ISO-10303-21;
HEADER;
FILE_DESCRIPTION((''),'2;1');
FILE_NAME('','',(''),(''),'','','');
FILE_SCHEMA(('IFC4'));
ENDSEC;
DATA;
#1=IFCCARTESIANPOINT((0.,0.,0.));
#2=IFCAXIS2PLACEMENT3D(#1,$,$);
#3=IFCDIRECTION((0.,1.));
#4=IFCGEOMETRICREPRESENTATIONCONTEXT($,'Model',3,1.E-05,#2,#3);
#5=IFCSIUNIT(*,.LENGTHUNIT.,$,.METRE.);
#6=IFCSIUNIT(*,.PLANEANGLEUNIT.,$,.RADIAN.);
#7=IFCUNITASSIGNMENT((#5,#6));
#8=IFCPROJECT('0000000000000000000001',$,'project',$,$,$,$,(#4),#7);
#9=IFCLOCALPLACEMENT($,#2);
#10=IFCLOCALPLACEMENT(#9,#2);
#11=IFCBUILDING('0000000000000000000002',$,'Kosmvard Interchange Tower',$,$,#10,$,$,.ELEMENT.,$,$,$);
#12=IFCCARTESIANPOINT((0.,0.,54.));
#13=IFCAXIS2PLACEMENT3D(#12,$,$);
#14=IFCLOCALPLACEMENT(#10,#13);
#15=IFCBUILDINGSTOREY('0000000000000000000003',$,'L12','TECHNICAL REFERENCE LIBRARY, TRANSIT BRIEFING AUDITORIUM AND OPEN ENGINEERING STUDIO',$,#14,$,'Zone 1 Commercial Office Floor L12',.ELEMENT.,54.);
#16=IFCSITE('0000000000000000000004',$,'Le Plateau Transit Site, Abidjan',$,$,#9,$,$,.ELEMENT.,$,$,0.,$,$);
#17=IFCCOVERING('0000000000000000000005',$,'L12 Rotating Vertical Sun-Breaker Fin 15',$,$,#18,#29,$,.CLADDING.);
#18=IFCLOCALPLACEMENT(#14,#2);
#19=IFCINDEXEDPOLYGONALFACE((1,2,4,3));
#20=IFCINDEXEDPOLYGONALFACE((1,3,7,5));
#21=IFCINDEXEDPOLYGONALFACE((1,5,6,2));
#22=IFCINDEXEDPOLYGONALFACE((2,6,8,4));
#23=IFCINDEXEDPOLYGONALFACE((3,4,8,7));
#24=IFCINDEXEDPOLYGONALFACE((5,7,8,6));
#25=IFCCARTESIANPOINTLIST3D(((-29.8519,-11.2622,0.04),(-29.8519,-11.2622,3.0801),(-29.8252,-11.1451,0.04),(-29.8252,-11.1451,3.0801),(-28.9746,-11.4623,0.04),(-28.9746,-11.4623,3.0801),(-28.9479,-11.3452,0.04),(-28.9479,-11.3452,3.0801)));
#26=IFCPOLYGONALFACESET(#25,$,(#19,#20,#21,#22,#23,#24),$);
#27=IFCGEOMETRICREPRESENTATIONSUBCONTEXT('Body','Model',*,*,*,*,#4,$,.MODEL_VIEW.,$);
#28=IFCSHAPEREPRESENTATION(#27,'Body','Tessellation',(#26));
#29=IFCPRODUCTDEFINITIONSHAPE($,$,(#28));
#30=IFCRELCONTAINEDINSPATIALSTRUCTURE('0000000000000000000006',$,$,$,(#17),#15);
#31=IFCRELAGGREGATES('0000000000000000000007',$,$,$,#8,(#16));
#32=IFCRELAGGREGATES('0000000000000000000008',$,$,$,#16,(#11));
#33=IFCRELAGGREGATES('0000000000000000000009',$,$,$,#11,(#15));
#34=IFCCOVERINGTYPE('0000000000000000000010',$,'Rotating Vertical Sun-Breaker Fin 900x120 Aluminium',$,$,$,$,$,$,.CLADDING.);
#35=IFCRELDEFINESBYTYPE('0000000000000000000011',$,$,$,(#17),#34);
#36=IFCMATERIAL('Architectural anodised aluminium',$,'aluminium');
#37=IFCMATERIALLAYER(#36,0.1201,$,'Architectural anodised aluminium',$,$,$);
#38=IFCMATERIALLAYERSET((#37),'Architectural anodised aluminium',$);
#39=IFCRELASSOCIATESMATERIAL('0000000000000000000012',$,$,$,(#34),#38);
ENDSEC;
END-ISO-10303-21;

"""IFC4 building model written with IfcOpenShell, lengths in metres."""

from ifc_helpers import new_model, si_unit, direction, frame, origin, origin_2d, place, context, subcontext, project, spatial, rectangle, extrude, source, transform, mapped, material, layer, layer_set, type_object, element, save


model = new_model("IFC4")

# Units and contexts
model_context = context("Model", 3, precision=1e-05, world=origin(), true_north=direction((0.0, 1.0)))
body_context = subcontext(model_context, "Body", "Model", "MODEL_VIEW")
ifc_project = project(units=[si_unit("LENGTHUNIT", "METRE"), si_unit("PLANEANGLEUNIT", "RADIAN")], contexts=[model_context])

# Site, building, storey
site_placement = place(None, origin())
site = spatial("IfcSite", under=ifc_project, at=site_placement, Name="Le Plateau Transit Site, Abidjan", CompositionType="ELEMENT", RefElevation=0.0)
building_placement = place(site_placement, origin())
building = spatial("IfcBuilding", under=site, at=building_placement, Name="Kosmvard Interchange Tower", CompositionType="ELEMENT")
storey_placement = place(building_placement, frame((0.0, 0.0, 54.0)))
storey = spatial("IfcBuildingStorey", under=building, at=storey_placement, Name="L12", Description="TECHNICAL REFERENCE LIBRARY, TRANSIT BRIEFING AUDITORIUM AND OPEN ENGINEERING STUDIO", LongName="Zone 1 Commercial Office Floor L12", CompositionType="ELEMENT", Elevation=54.0)

# Covering
ifc_material_1 = material(Name="Architectural anodised aluminium", Category="aluminium")
ifc_layer_1 = layer(ifc_material_1, 0.1201, Name="Architectural anodised aluminium")
ifc_layer_set_1 = layer_set([ifc_layer_1], Name="Architectural anodised aluminium")
covering_type = type_object("IfcCoveringType", Name="Rotating Vertical Sun-Breaker Fin 900x120 Aluminium", PredefinedType="CLADDING", material=ifc_layer_set_1)
shared_shape_1 = source(origin(), body_context, "Body", "SweptSolid", [
    extrude(rectangle(XDim=0.8999, YDim=0.1201, at=origin_2d()), origin(), (0.0, 0.0, 1.0), 3.04),
])
covering_placement = place(storey_placement, frame((-29.3999, -11.3037, 0.04), z_axis=(0.0, 0.0, 1.0), x_axis=(-0.974956, 0.222399, 0.0)))
element("IfcCovering", 1, at=covering_placement, inside=storey, type_object=covering_type, Name="L12 Rotating Vertical Sun-Breaker Fin 15", PredefinedType="CLADDING", context=body_context, shape_type="MappedRepresentation", body=[
    mapped(shared_shape_1, transform((0.0, 0.0, 0.0), scale=1.0)),
])

save(model, "model.ifc")
